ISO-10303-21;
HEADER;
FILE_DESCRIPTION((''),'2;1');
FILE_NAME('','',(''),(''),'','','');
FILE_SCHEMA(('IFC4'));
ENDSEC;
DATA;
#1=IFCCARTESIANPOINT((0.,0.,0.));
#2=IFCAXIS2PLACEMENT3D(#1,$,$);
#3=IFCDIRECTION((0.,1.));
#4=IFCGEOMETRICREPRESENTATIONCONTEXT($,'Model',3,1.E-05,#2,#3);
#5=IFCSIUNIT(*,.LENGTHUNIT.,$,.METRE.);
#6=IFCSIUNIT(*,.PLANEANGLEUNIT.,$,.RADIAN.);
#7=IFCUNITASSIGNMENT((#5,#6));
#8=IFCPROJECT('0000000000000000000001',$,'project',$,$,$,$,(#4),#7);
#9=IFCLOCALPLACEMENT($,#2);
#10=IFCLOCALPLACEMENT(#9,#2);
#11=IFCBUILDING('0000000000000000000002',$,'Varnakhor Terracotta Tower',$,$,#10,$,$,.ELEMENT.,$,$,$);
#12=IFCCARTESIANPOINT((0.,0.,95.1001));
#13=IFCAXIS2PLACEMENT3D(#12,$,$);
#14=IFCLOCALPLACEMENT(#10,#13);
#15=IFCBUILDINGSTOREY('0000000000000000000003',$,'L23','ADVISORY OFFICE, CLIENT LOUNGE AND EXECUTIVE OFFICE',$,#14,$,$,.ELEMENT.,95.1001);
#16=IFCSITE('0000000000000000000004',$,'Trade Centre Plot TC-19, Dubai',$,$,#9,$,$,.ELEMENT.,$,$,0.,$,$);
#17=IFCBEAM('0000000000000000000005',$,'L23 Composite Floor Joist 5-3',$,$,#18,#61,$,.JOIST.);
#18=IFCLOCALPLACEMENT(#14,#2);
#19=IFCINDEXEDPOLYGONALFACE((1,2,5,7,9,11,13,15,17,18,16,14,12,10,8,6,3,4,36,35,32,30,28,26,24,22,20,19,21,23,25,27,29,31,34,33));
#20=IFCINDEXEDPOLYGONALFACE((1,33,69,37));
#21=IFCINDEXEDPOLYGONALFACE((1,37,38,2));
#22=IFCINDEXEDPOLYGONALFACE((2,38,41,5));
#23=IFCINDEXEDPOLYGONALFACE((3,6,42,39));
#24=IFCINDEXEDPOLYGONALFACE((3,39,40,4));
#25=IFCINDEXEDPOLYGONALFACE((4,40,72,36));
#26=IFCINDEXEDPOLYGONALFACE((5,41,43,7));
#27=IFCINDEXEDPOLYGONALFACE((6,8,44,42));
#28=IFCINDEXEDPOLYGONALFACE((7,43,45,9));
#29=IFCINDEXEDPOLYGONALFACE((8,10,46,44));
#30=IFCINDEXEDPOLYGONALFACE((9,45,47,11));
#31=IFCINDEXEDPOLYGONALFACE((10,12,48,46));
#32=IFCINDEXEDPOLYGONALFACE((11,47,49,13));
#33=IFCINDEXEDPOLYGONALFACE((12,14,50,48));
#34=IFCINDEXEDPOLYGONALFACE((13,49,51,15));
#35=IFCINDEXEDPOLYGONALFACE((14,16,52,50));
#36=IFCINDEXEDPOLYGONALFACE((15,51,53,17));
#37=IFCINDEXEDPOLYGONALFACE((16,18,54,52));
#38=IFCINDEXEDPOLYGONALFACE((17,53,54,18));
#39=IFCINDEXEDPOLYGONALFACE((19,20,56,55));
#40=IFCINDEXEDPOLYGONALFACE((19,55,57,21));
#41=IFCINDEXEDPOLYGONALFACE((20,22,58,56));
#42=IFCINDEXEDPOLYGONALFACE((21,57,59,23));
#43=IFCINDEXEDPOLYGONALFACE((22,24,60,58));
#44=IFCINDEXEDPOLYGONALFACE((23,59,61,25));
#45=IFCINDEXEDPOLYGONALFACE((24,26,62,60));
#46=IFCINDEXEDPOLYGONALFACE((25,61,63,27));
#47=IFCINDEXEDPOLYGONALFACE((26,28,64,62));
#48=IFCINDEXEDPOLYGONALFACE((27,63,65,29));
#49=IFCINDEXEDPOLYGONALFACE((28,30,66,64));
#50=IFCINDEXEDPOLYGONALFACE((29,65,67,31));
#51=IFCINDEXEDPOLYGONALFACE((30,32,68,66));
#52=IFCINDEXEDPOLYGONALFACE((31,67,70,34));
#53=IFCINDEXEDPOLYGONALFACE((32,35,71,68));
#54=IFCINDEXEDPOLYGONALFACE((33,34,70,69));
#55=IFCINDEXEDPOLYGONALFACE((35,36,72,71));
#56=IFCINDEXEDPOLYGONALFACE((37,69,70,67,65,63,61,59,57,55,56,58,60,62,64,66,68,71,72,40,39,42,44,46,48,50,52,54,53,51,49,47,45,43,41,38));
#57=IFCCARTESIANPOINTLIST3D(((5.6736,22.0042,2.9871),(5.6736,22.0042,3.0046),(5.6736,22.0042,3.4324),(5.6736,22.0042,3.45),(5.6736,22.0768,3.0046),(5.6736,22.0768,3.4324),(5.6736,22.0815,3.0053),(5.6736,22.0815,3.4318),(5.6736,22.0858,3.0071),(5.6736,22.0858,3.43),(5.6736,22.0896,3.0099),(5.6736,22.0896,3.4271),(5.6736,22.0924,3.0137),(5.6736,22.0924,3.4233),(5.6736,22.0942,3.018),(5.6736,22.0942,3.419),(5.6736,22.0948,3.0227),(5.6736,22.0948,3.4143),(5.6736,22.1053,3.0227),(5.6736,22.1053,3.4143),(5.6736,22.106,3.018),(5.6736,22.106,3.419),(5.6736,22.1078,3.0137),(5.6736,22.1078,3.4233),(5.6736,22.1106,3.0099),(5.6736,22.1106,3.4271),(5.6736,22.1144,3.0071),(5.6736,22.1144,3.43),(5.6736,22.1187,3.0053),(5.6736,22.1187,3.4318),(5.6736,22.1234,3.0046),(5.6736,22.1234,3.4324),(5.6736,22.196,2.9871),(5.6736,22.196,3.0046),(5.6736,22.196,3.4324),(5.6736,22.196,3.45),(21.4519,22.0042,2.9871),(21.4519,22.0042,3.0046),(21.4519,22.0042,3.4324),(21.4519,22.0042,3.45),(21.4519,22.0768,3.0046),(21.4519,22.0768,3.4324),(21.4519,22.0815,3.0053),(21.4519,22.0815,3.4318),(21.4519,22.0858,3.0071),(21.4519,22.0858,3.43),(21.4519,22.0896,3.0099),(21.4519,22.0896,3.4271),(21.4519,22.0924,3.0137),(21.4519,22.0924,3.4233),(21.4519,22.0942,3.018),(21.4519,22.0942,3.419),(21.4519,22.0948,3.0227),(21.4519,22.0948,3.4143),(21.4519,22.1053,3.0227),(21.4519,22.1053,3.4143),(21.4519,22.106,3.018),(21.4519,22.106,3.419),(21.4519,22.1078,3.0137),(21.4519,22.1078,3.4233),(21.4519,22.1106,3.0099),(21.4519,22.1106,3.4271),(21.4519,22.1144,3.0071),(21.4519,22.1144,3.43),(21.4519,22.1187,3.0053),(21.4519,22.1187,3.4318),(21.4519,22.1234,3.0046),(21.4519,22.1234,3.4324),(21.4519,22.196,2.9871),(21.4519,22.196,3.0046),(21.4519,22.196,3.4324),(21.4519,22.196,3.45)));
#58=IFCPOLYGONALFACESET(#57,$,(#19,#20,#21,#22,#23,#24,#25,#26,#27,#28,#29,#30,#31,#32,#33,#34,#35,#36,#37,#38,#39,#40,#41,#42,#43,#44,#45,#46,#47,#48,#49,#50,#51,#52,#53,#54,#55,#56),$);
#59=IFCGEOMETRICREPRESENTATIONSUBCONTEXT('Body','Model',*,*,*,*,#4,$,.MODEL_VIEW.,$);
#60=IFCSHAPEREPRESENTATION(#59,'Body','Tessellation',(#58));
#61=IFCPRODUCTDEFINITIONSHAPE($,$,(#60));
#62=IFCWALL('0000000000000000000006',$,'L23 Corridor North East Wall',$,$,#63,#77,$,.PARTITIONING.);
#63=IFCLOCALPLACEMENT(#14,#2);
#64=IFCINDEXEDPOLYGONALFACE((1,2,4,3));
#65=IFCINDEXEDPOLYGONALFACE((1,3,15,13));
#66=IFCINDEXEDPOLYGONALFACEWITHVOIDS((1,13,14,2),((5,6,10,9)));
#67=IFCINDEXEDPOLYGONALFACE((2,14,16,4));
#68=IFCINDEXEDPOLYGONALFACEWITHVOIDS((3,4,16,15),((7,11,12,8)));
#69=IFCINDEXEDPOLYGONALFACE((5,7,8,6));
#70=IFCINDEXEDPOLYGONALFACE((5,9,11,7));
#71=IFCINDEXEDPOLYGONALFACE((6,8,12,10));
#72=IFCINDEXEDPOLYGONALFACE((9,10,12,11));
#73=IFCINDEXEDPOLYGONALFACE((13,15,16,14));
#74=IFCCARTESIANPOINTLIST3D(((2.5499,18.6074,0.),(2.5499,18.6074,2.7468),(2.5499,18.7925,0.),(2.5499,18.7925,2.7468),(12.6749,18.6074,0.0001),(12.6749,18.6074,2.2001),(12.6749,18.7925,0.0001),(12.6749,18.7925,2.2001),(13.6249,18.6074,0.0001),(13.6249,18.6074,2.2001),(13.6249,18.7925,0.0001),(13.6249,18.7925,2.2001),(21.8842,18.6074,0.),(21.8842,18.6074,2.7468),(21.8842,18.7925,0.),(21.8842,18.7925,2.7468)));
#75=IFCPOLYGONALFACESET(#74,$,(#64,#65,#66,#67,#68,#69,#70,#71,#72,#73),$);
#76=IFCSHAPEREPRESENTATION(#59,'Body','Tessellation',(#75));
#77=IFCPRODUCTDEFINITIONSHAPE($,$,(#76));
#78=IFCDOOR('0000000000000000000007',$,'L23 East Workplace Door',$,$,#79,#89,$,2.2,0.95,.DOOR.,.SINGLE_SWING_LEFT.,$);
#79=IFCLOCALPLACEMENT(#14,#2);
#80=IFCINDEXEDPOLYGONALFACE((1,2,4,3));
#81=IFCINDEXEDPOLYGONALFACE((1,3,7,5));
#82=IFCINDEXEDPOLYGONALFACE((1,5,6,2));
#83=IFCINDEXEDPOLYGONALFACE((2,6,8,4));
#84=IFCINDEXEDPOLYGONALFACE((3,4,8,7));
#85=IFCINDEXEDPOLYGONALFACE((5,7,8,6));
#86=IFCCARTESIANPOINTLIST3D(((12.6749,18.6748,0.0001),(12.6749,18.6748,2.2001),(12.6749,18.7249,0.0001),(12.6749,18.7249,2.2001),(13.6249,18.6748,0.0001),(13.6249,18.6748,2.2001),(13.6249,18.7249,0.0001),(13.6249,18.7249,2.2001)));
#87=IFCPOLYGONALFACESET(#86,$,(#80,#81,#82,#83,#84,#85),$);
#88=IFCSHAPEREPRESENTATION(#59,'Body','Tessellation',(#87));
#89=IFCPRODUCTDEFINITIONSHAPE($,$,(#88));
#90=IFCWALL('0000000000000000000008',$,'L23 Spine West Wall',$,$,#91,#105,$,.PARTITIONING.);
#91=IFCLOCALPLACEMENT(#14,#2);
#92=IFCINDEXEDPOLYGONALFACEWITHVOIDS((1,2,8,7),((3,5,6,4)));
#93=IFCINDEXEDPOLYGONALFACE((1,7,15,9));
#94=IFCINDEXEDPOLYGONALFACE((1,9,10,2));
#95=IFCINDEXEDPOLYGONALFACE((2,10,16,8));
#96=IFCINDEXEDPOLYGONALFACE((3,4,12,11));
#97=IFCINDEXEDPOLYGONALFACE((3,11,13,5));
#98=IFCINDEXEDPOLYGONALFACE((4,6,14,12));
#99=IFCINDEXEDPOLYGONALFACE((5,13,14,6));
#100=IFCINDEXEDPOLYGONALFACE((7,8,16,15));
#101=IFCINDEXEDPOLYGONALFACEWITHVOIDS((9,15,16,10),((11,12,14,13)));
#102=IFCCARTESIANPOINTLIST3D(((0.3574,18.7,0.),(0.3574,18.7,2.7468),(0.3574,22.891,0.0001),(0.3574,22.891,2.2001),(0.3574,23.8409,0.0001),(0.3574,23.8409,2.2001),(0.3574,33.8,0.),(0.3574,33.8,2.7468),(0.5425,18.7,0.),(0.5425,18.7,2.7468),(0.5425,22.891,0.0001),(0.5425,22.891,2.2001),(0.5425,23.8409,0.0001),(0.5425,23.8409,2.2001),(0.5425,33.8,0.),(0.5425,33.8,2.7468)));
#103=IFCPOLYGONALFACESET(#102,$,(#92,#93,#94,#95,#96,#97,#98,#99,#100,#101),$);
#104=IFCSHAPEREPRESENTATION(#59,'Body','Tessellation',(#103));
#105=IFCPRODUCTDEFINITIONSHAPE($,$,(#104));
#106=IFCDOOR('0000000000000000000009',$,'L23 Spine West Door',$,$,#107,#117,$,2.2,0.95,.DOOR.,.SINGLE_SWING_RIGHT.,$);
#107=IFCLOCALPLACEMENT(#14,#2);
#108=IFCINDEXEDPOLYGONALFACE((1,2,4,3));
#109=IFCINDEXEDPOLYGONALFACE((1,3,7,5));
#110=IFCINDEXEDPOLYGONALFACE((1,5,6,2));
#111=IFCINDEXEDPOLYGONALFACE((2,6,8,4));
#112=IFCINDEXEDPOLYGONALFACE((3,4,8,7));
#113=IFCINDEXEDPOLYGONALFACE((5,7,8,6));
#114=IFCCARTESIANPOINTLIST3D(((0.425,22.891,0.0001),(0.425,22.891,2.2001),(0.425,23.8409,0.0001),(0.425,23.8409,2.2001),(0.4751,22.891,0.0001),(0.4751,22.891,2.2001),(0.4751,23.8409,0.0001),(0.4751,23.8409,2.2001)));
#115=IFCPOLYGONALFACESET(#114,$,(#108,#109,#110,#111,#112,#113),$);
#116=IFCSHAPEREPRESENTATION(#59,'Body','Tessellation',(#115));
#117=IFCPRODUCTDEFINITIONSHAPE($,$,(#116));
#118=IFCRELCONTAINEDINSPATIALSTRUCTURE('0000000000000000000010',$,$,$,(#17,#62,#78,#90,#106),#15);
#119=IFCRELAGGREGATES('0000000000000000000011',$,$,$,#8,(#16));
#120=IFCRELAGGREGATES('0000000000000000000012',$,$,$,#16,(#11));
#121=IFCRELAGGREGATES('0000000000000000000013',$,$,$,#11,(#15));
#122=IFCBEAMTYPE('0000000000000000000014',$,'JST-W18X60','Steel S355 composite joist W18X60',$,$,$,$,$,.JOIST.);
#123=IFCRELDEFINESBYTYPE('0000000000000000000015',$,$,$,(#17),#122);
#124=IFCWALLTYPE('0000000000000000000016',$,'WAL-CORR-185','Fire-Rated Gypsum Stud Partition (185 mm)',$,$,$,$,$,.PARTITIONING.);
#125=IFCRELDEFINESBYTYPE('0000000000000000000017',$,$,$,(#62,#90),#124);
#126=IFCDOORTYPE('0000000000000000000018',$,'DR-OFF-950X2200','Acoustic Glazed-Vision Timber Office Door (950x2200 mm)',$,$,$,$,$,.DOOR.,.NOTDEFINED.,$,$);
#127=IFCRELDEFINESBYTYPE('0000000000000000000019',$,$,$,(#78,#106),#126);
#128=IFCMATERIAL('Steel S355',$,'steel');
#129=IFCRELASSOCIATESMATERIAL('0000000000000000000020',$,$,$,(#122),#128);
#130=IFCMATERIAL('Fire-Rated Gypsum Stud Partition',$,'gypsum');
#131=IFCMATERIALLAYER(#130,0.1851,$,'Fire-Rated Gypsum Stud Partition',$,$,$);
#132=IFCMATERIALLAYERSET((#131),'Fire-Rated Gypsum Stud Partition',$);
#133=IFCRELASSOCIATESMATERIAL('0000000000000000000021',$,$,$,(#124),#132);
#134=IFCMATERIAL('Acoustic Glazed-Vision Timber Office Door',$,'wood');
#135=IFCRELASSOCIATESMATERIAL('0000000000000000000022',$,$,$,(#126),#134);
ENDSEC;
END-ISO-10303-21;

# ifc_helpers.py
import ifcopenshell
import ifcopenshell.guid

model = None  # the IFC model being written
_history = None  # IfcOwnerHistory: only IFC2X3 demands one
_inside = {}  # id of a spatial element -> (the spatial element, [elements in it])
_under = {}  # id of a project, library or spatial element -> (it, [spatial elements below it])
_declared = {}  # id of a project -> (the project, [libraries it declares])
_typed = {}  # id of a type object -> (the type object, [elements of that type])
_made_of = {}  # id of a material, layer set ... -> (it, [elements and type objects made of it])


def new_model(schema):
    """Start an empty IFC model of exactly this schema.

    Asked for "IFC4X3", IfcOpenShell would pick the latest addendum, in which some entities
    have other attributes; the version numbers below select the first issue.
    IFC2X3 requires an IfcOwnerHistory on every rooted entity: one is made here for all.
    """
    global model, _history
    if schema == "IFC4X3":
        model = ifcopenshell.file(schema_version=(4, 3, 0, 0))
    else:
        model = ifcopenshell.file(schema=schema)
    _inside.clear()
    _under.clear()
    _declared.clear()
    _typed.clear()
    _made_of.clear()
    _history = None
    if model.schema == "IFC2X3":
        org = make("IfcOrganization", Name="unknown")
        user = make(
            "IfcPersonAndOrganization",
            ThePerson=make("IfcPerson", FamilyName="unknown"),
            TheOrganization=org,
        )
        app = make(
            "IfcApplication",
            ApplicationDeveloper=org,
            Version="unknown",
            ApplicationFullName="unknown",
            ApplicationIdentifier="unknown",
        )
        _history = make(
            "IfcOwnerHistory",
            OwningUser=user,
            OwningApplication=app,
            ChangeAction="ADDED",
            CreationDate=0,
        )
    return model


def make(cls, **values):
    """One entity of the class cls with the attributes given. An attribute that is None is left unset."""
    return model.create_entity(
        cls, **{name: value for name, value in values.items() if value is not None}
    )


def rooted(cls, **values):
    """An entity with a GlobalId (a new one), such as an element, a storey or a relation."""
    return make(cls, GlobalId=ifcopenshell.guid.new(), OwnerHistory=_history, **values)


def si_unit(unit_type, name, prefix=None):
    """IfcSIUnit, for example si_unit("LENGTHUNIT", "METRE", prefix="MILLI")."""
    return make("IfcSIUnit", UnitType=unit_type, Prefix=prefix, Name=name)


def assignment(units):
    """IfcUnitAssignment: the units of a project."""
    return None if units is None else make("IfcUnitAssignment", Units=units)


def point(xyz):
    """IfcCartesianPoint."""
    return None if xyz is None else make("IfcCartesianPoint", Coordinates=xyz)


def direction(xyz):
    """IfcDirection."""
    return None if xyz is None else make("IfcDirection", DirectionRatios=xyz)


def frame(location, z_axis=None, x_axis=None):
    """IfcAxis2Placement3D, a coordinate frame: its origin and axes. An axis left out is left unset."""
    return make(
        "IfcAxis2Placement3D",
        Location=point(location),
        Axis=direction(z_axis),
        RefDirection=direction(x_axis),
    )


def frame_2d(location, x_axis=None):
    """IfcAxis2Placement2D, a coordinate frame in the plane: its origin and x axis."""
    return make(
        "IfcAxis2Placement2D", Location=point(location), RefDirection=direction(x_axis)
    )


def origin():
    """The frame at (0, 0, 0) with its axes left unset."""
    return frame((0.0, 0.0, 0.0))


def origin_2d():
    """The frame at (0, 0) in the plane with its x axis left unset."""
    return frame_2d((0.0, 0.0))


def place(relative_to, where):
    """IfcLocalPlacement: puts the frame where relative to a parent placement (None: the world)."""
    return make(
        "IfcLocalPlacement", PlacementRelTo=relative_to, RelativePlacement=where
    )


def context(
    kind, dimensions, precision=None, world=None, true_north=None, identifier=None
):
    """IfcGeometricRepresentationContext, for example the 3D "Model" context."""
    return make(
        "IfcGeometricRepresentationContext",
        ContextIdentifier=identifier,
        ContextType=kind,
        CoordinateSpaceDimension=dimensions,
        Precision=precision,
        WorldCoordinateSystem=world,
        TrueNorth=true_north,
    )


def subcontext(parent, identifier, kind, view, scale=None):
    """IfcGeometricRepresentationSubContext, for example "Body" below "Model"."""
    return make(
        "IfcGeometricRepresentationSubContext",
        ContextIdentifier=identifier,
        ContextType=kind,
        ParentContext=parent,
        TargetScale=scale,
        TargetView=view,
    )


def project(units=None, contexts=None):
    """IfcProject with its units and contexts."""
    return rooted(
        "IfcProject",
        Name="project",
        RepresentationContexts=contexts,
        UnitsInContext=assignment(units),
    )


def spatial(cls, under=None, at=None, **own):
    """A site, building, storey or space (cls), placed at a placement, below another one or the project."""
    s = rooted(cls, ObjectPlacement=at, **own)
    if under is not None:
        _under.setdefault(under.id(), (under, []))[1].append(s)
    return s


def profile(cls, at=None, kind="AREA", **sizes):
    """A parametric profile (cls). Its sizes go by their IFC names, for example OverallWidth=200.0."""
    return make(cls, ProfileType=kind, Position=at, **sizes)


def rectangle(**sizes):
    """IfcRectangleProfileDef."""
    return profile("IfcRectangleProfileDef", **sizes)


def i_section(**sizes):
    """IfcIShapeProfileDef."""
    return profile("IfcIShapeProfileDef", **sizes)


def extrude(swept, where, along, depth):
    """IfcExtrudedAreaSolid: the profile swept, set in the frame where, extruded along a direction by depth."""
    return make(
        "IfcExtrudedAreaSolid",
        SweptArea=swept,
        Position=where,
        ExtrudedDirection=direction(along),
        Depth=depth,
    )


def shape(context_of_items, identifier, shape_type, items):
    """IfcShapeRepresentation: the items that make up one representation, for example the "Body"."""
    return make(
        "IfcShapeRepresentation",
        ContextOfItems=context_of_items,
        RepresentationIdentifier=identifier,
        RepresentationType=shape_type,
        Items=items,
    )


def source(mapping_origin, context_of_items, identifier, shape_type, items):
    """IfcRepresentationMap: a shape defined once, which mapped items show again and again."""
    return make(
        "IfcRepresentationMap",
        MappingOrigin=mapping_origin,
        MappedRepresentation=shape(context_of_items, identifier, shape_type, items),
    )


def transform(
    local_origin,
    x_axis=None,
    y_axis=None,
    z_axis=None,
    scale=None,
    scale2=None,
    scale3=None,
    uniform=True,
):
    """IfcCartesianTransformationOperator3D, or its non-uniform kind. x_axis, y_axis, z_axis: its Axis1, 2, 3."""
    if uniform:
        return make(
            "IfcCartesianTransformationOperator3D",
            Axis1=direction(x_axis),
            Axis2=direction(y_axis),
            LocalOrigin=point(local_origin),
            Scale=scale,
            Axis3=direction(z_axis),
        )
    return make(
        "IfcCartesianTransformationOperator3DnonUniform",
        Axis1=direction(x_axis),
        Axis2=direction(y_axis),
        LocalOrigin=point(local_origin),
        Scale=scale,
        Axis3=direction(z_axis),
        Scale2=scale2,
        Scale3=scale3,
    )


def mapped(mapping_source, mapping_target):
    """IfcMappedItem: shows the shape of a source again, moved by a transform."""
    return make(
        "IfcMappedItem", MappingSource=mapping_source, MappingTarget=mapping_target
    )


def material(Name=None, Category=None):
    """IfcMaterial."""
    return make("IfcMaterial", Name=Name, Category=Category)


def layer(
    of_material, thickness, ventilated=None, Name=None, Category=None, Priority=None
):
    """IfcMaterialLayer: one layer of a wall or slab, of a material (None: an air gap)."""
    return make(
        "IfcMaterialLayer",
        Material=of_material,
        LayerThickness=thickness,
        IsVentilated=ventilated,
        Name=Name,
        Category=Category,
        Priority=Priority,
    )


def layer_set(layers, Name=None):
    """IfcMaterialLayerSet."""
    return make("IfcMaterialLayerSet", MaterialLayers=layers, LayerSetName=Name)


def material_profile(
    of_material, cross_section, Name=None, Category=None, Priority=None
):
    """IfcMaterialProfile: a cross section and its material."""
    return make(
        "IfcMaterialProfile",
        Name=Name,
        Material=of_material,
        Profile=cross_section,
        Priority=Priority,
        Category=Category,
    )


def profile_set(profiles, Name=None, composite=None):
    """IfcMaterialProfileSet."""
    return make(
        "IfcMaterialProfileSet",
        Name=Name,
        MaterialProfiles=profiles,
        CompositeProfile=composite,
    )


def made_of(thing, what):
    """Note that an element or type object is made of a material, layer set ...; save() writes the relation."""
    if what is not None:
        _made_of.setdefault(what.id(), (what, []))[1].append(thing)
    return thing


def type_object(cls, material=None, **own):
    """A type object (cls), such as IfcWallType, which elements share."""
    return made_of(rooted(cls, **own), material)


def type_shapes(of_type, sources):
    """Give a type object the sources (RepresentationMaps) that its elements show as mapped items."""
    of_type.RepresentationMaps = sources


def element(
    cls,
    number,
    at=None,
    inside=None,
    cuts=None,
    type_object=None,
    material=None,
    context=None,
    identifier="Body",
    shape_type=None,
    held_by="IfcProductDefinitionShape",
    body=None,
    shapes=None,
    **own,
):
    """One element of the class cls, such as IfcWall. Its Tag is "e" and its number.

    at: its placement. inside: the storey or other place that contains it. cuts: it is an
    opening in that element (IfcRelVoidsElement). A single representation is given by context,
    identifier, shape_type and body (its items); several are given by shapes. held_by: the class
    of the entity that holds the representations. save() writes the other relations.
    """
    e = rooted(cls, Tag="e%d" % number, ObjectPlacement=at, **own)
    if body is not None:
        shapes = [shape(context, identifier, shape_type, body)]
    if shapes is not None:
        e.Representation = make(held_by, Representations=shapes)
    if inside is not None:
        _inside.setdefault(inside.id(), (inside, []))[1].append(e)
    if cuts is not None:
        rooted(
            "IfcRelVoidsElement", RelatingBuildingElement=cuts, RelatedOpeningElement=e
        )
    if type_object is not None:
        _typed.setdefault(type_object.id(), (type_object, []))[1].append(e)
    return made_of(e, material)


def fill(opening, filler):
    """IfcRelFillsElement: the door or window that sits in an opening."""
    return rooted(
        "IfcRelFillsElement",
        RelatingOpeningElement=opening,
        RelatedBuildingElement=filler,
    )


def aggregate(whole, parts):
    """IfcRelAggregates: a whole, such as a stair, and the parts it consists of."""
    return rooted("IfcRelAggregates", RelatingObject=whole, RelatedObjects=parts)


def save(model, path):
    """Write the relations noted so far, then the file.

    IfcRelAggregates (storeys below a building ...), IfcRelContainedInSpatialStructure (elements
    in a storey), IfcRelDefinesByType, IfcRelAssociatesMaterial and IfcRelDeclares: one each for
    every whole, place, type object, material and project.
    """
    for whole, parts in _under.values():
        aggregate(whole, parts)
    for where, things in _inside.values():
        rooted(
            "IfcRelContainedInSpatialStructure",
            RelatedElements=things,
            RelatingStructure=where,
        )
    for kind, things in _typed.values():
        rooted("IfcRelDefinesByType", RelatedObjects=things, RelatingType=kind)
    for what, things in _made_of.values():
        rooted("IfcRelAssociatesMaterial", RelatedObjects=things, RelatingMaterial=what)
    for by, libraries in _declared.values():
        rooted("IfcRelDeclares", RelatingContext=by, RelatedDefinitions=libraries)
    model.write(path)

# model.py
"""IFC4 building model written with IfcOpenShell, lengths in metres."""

from ifc_helpers import new_model, si_unit, direction, frame, frame_2d, origin, origin_2d, place, context, subcontext, project, spatial, rectangle, i_section, extrude, source, transform, mapped, material, layer, layer_set, material_profile, profile_set, type_object, type_shapes, element, fill, save


model = new_model("IFC4")

# Units and contexts
model_context = context("Model", 3, precision=1e-05, world=origin(), true_north=direction((0.0, 1.0)))
body_context = subcontext(model_context, "Body", "Model", "MODEL_VIEW")
ifc_project = project(units=[si_unit("LENGTHUNIT", "METRE"), si_unit("PLANEANGLEUNIT", "RADIAN")], contexts=[model_context])

# Site, building, storey
site_placement = place(None, origin())
site = spatial("IfcSite", under=ifc_project, at=site_placement, Name="Trade Centre Plot TC-19, Dubai", CompositionType="ELEMENT", RefElevation=0.0)
building_placement = place(site_placement, origin())
building = spatial("IfcBuilding", under=site, at=building_placement, Name="Varnakhor Terracotta Tower", CompositionType="ELEMENT")
storey_placement = place(building_placement, frame((0.0, 0.0, 95.1001)))
storey = spatial("IfcBuildingStorey", under=building, at=storey_placement, Name="L23", Description="ADVISORY OFFICE, CLIENT LOUNGE AND EXECUTIVE OFFICE", CompositionType="ELEMENT", Elevation=95.1001)

# Beam
ifc_material_1 = material(Name="Steel S355", Category="steel")
ifc_material_profile_1 = material_profile(ifc_material_1, i_section(OverallWidth=0.1919, OverallDepth=0.4629, WebThickness=0.0105, FlangeThickness=0.0176, FilletRadius=0.0181, at=origin_2d()), Name="W18X60")
ifc_profile_set_1 = profile_set([ifc_material_profile_1], Name="Steel S355")
beam_type_1 = type_object("IfcBeamType", Name="JST-W18X60", Description="Steel S355 composite joist W18X60", PredefinedType="JOIST", material=ifc_profile_set_1)
shared_shape_1 = source(origin(), body_context, "Body", "SweptSolid", [
    extrude(i_section(OverallWidth=0.1919, OverallDepth=0.4629, WebThickness=0.0105, FlangeThickness=0.0176, FilletRadius=0.0181, at=origin_2d()), origin(), (0.0, 0.0, 1.0), 15.7783),
])
beam_1_placement = place(storey_placement, frame((5.6736, 22.1001, 3.2185), z_axis=(1.0, 0.0, 0.0), x_axis=(0.0, 1.0, 0.0)))
element("IfcBeam", 1, at=beam_1_placement, inside=storey, type_object=beam_type_1, Name="L23 Composite Floor Joist 5-3", PredefinedType="JOIST", context=body_context, shape_type="MappedRepresentation", body=[
    mapped(shared_shape_1, transform((0.0, 0.0, 0.0), scale=1.0)),
])

# Walls, openings, doors
ifc_material_2 = material(Name="Fire-Rated Gypsum Stud Partition", Category="gypsum")
ifc_layer_1 = layer(ifc_material_2, 0.1851, Name="Fire-Rated Gypsum Stud Partition")
ifc_layer_set_1 = layer_set([ifc_layer_1], Name="Fire-Rated Gypsum Stud Partition")
wall_type_1 = type_object("IfcWallType", Name="WAL-CORR-185", Description="Fire-Rated Gypsum Stud Partition (185 mm)", PredefinedType="PARTITIONING", material=ifc_layer_set_1)
wall_1_placement = place(storey_placement, frame((2.55, 18.7, 0.0), z_axis=(0.0, 0.0, 1.0), x_axis=(1.0, 0.0, 0.0)))
wall_1 = element("IfcWall", 2, at=wall_1_placement, inside=storey, type_object=wall_type_1, Name="L23 Corridor North East Wall", PredefinedType="PARTITIONING", context=body_context, shape_type="SweptSolid", body=[
    extrude(rectangle(XDim=19.3342, YDim=0.1851, at=frame_2d((9.667, 0.0))), origin(), (0.0, 0.0, 1.0), 2.7468),
])
opening_1_placement = place(wall_1_placement, frame((10.1248, 0.0, 0.0)))
opening_1 = element("IfcOpeningElement", 3, at=opening_1_placement, cuts=wall_1, PredefinedType="OPENING", context=body_context, shape_type="SweptSolid", body=[
    extrude(rectangle(XDim=0.95, YDim=2.2, at=frame_2d((0.4751, 1.1001))), frame((0.0, 0.1025, 0.0), z_axis=(0.0, -1.0, 0.0), x_axis=(1.0, 0.0, 0.0)), (0.0, 0.0, 1.0), 0.2051),
])
ifc_material_3 = material(Name="Acoustic Glazed-Vision Timber Office Door", Category="wood")
door_type_1 = type_object("IfcDoorType", Name="DR-OFF-950X2200", Description="Acoustic Glazed-Vision Timber Office Door (950x2200 mm)", OperationType="NOTDEFINED", PredefinedType="DOOR", material=ifc_material_3)
shared_shape_2 = source(origin(), body_context, "Body", "SweptSolid", [
    extrude(rectangle(XDim=0.95, YDim=2.2, at=frame_2d((0.4751, 1.1001))), frame((0.0, 0.0249, 0.0), z_axis=(0.0, -1.0, 0.0), x_axis=(1.0, 0.0, 0.0)), (0.0, 0.0, 1.0), 0.05),
])
type_shapes(door_type_1, [shared_shape_2])
door_1_placement = place(opening_1_placement, origin())
door_1 = element("IfcDoor", 4, at=door_1_placement, inside=storey, type_object=door_type_1, Name="L23 East Workplace Door", OperationType="SINGLE_SWING_LEFT", OverallHeight=2.2, OverallWidth=0.95, PredefinedType="DOOR", context=body_context, shape_type="MappedRepresentation", body=[
    mapped(shared_shape_2, transform((0.0, 0.0, 0.0), scale=1.0)),
])
fill(opening_1, door_1)
wall_2_placement = place(storey_placement, frame((0.45, 18.7, 0.0), z_axis=(0.0, 0.0, 1.0), x_axis=(0.0, 1.0, 0.0)))
wall_2 = element("IfcWall", 5, at=wall_2_placement, inside=storey, type_object=wall_type_1, Name="L23 Spine West Wall", PredefinedType="PARTITIONING", context=body_context, shape_type="SweptSolid", body=[
    extrude(rectangle(XDim=15.1001, YDim=0.1851, at=frame_2d((7.55, 0.0))), origin(), (0.0, 0.0, 1.0), 2.7468),
])
opening_2_placement = place(wall_2_placement, frame((4.1909, 0.0, 0.0)))
opening_2 = element("IfcOpeningElement", 6, at=opening_2_placement, cuts=wall_2, PredefinedType="OPENING", context=body_context, shape_type="SweptSolid", body=[
    extrude(rectangle(XDim=0.95, YDim=2.2, at=frame_2d((0.4751, 1.1001))), frame((0.0, 0.1025, 0.0), z_axis=(0.0, -1.0, 0.0), x_axis=(1.0, 0.0, 0.0)), (0.0, 0.0, 1.0), 0.2051),
])
door_2_placement = place(opening_2_placement, origin())
door_2 = element("IfcDoor", 7, at=door_2_placement, inside=storey, type_object=door_type_1, Name="L23 Spine West Door", OperationType="SINGLE_SWING_RIGHT", OverallHeight=2.2, OverallWidth=0.95, PredefinedType="DOOR", context=body_context, shape_type="MappedRepresentation", body=[
    mapped(shared_shape_2, transform((0.0, 0.0, 0.0), scale=1.0)),
])
fill(opening_2, door_2)

save(model, "model.ifc")
